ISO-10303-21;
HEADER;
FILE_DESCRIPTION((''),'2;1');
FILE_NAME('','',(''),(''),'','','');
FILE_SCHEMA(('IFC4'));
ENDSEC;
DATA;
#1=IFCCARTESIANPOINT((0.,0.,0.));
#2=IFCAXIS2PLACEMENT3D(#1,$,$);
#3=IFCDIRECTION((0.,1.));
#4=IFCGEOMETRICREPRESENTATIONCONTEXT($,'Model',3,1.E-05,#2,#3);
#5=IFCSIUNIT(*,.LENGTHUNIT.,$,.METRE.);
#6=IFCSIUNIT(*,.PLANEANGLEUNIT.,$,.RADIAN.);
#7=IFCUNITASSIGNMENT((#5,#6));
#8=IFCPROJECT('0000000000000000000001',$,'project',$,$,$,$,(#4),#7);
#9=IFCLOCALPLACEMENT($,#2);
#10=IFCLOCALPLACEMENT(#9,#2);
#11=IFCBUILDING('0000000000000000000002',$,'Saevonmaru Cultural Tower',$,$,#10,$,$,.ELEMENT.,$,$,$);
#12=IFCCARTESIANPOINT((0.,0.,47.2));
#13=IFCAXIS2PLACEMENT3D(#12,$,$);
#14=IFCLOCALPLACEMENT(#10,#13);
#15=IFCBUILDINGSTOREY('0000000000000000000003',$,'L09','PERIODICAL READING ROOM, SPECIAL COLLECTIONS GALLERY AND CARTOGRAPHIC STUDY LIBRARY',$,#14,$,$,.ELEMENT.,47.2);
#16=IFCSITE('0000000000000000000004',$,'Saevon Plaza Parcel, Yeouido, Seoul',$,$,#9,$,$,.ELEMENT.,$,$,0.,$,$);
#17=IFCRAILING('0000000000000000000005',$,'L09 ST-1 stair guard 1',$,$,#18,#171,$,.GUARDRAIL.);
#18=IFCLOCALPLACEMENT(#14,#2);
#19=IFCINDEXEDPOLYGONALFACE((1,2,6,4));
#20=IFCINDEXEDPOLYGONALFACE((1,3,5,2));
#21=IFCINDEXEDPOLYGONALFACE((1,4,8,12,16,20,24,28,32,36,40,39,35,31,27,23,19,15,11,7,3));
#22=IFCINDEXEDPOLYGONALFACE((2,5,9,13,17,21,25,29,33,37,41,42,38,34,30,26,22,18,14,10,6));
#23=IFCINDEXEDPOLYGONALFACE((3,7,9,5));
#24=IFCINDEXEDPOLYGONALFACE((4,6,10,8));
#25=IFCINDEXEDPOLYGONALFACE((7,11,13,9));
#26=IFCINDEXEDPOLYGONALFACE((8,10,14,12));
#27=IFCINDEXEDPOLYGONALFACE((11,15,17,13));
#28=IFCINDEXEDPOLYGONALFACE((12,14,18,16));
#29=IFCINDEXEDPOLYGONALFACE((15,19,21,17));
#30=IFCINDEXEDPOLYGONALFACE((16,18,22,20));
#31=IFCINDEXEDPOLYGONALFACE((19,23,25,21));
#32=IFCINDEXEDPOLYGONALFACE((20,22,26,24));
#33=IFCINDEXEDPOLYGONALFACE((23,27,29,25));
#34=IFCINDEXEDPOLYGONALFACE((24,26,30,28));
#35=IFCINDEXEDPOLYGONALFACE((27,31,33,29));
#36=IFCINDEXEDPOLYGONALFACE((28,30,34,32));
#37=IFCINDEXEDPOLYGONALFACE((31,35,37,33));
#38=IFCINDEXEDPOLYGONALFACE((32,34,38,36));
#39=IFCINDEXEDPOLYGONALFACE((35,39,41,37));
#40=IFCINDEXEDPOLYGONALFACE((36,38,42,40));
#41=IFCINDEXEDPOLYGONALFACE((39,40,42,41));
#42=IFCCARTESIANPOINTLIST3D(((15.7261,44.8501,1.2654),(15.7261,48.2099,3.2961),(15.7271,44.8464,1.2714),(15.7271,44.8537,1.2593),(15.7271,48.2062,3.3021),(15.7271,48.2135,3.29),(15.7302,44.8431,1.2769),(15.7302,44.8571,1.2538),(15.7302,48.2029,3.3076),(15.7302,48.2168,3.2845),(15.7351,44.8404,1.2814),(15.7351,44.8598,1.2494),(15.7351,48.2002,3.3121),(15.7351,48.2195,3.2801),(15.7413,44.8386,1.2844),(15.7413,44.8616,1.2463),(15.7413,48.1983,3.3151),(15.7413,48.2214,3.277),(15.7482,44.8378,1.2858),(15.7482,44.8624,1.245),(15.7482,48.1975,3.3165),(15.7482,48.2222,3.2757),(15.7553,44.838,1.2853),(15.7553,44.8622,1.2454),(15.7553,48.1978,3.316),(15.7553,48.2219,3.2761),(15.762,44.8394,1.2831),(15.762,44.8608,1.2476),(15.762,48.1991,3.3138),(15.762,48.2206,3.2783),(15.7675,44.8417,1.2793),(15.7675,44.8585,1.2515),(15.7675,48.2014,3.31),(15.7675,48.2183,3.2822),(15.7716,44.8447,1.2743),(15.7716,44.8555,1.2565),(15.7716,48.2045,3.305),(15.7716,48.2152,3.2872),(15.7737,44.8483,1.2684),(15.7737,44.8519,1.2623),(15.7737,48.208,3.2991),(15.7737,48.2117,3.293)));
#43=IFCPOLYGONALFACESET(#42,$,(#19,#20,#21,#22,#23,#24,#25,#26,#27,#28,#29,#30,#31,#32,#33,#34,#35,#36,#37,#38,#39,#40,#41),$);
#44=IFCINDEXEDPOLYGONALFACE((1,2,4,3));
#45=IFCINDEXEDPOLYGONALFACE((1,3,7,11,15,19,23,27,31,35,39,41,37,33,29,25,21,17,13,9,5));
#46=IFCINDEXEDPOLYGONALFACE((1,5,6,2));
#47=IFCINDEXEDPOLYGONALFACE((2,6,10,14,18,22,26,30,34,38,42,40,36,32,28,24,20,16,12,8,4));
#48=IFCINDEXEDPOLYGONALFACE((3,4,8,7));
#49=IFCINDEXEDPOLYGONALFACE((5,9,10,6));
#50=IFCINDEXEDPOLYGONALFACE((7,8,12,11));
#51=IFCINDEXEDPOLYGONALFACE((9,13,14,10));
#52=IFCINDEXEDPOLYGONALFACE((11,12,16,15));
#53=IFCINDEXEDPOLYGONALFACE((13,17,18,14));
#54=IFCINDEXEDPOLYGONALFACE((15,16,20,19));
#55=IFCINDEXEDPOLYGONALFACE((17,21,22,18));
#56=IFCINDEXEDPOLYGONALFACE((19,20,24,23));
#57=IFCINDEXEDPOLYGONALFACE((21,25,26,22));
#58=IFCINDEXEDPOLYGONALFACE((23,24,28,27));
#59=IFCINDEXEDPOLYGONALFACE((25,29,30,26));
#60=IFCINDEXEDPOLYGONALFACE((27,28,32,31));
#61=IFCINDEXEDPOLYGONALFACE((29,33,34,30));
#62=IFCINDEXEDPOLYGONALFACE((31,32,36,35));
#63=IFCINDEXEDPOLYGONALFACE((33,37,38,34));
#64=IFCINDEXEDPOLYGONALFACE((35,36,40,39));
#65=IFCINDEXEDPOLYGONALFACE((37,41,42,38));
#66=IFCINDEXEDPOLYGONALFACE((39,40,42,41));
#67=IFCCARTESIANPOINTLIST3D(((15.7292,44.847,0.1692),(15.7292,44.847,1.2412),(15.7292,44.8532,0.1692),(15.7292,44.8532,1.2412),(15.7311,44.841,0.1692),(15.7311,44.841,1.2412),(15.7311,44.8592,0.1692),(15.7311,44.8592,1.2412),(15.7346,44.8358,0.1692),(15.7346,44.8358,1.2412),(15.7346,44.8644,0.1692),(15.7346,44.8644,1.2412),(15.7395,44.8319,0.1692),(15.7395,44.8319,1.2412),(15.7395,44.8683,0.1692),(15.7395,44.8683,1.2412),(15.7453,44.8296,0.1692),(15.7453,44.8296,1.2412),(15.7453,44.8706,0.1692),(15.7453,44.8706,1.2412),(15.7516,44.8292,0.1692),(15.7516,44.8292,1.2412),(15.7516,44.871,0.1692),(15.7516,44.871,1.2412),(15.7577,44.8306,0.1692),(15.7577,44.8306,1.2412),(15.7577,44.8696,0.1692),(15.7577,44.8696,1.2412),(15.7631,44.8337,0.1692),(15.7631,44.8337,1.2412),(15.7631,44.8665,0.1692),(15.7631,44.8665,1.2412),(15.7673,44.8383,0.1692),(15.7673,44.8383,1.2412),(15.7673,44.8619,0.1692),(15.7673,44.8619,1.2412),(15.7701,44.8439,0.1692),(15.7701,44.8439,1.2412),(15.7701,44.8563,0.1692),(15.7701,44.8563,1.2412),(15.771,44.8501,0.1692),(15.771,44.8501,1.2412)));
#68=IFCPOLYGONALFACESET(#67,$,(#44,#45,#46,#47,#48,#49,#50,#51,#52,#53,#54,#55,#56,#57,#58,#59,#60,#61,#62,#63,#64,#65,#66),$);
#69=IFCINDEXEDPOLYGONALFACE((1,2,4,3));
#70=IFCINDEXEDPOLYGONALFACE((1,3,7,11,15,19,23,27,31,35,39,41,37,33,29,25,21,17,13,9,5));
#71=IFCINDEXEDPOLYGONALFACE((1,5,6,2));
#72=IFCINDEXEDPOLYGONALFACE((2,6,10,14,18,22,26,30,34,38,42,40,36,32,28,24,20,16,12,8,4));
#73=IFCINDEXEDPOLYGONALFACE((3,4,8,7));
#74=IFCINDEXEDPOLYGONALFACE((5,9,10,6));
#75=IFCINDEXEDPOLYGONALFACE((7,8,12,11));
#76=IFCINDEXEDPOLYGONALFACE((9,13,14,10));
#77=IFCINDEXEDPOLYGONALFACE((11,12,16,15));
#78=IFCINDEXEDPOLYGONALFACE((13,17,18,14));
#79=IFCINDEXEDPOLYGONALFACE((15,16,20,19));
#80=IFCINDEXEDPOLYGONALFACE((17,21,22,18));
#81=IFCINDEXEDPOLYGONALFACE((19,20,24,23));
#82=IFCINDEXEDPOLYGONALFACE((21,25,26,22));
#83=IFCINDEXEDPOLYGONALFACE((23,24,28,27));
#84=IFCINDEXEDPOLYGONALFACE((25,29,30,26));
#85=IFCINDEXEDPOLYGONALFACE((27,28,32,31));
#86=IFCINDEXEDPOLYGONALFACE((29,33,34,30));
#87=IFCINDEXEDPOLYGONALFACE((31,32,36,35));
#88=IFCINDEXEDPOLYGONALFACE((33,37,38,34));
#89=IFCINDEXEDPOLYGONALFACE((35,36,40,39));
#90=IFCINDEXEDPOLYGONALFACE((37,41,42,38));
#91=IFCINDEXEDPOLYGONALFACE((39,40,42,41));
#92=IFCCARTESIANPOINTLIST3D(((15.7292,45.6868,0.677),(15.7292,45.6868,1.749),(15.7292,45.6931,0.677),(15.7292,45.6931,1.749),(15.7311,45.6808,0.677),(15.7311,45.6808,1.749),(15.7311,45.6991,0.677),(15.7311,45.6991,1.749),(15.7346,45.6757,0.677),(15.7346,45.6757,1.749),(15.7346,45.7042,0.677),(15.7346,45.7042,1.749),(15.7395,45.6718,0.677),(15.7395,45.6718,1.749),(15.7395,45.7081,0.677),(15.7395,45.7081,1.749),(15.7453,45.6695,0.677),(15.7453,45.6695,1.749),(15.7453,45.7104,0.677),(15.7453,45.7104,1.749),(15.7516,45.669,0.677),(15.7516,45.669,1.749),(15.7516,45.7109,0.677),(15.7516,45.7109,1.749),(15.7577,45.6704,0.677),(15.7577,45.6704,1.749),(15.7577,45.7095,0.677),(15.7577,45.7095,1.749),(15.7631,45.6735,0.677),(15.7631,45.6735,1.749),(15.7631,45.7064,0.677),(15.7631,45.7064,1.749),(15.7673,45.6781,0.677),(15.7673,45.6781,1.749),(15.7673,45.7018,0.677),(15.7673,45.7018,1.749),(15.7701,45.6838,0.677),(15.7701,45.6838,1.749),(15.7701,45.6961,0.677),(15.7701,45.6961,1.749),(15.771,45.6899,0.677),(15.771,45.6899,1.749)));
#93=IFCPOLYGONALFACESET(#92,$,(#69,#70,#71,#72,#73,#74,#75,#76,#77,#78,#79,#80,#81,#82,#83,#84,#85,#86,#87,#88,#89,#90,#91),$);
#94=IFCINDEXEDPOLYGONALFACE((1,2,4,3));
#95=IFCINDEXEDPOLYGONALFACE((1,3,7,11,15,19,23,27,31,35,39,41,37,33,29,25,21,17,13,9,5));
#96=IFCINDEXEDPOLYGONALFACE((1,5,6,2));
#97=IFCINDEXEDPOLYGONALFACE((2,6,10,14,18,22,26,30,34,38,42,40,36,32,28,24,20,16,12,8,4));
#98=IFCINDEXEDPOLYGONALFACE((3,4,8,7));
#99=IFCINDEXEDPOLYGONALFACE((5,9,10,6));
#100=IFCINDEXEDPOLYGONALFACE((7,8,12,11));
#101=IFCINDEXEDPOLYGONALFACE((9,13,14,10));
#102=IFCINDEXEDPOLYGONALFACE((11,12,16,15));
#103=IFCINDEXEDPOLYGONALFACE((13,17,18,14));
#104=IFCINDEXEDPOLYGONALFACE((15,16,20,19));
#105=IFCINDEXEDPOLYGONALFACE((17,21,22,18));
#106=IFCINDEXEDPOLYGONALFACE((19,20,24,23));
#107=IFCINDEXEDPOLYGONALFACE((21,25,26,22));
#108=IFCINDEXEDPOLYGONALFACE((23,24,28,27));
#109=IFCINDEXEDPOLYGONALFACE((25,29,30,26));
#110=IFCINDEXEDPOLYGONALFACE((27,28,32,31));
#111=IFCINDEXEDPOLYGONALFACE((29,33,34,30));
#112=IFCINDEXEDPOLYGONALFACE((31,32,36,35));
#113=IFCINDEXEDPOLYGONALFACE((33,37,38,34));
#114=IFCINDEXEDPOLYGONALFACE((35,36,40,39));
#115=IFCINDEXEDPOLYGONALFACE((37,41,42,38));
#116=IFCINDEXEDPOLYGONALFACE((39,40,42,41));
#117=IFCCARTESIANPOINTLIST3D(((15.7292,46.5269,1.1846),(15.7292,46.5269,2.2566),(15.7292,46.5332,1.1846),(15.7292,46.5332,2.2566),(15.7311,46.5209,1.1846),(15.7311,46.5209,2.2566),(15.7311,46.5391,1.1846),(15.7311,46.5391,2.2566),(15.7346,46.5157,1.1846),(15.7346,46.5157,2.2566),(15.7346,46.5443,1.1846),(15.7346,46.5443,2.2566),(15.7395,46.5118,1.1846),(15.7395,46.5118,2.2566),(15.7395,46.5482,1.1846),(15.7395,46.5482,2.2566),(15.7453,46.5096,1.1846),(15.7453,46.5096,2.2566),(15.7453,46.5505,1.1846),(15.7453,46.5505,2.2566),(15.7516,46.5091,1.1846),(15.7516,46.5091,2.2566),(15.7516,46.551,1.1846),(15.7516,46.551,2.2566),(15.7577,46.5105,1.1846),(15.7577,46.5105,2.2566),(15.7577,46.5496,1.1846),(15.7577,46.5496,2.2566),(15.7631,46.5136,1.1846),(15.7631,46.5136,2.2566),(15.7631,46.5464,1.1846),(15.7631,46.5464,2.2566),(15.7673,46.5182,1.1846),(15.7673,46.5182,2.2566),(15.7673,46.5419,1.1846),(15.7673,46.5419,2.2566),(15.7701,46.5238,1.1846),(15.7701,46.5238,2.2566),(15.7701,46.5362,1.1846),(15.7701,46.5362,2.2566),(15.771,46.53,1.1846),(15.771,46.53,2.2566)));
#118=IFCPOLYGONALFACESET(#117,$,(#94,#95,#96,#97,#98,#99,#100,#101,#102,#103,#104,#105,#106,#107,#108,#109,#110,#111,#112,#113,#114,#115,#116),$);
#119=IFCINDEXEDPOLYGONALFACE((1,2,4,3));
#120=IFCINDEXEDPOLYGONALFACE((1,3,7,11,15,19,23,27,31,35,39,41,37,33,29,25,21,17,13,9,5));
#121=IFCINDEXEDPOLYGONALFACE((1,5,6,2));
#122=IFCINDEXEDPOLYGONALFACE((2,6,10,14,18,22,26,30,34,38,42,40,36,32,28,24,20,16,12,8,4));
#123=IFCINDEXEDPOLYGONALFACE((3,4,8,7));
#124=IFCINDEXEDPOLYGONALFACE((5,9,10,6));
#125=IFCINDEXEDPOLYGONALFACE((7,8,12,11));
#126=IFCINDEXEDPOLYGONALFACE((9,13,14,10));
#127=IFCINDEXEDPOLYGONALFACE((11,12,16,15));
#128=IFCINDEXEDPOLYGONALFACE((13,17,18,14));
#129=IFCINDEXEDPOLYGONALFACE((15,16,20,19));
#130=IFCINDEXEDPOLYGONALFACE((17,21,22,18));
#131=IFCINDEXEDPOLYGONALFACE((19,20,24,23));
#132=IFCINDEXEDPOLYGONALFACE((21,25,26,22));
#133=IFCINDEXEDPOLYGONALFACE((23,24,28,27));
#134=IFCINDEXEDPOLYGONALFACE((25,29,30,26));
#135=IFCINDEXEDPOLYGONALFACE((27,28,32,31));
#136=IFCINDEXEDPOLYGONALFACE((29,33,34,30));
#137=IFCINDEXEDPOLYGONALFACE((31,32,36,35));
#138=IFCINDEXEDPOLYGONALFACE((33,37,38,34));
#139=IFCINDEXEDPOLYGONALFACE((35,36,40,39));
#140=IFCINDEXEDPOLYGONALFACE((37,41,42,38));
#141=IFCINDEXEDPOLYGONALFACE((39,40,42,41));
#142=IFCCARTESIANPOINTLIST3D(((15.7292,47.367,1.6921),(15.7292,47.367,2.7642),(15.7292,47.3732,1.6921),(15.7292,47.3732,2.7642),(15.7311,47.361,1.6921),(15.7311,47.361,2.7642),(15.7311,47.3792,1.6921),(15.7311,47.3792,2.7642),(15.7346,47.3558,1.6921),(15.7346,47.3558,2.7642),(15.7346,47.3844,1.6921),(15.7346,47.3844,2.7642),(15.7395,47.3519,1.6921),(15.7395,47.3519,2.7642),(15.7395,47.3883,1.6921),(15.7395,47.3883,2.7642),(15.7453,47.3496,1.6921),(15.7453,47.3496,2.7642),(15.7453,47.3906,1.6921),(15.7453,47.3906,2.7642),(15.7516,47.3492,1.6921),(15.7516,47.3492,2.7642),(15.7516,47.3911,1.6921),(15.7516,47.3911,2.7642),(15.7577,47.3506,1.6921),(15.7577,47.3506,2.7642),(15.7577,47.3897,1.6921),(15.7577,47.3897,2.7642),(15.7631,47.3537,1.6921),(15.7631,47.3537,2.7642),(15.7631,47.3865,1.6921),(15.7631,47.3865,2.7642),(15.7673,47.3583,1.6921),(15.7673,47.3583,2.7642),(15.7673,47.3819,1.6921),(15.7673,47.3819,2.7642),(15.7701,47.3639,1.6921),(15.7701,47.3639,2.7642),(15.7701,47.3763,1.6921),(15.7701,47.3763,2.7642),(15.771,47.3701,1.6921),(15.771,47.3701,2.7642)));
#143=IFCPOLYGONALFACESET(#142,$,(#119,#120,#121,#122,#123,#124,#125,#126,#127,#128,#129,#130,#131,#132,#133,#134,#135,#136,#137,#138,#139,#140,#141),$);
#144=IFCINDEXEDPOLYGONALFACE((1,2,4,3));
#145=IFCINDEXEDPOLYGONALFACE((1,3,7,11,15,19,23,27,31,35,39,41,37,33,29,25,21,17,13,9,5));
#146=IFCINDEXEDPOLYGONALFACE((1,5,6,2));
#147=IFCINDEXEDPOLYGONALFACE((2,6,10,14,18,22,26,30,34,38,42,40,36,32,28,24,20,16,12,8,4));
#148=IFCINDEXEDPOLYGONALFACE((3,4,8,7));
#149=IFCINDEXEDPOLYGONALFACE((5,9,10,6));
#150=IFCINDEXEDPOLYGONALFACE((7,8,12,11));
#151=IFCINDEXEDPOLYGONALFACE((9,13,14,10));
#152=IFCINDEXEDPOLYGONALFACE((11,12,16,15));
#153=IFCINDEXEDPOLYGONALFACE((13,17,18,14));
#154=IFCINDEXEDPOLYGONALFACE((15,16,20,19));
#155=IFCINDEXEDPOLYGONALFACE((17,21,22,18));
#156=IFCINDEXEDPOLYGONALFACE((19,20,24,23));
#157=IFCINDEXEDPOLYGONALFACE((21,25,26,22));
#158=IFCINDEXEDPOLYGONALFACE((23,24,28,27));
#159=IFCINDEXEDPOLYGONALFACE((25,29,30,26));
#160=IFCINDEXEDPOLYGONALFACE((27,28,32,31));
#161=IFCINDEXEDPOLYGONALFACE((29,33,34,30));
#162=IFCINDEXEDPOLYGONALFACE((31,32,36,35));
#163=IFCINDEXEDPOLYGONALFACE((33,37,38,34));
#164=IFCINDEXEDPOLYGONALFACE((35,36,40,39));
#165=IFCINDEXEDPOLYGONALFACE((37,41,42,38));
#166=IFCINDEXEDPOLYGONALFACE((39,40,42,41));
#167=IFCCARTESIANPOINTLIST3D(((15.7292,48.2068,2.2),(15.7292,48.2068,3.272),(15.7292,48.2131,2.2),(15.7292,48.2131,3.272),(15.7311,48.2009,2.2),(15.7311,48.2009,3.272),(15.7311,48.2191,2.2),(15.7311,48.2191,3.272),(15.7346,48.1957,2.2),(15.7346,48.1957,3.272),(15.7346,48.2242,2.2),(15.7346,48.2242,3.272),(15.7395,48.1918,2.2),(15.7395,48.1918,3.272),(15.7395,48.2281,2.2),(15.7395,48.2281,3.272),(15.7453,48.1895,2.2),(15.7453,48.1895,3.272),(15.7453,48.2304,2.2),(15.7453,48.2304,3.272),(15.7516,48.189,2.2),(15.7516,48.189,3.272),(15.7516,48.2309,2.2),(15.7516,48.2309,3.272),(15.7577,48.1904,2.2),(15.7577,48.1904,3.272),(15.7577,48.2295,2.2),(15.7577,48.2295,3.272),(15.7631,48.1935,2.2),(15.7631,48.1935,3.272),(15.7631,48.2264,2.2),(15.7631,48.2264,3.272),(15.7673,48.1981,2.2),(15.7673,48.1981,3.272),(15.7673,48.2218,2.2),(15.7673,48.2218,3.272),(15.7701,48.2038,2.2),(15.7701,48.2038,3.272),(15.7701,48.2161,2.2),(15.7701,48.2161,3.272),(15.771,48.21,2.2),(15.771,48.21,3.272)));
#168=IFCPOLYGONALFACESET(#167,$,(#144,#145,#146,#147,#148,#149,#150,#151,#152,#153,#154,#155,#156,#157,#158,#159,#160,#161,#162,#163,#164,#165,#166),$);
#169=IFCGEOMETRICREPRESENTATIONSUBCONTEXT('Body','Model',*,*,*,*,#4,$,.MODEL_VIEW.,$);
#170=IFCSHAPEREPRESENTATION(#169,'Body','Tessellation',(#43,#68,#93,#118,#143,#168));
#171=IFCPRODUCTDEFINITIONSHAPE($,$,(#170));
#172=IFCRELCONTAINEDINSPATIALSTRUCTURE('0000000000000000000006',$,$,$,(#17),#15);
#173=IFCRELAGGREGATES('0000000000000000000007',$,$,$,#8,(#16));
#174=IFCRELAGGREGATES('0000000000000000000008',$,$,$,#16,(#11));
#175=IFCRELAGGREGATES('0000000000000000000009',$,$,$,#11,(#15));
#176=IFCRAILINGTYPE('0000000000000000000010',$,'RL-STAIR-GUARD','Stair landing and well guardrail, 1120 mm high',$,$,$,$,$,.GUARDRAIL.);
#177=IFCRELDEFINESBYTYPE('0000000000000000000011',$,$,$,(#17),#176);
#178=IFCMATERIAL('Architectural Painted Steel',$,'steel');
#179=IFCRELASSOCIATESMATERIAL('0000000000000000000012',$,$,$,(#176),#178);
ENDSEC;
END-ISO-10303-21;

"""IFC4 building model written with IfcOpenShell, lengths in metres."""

from ifc_helpers import new_model, si_unit, direction, frame, origin, origin_2d, place, context, subcontext, project, spatial, circle, extrude, material, type_object, element, save


model = new_model("IFC4")

# Units and contexts
model_context = context("Model", 3, precision=1e-05, world=origin(), true_north=direction((0.0, 1.0)))
body_context = subcontext(model_context, "Body", "Model", "MODEL_VIEW")
ifc_project = project(units=[si_unit("LENGTHUNIT", "METRE"), si_unit("PLANEANGLEUNIT", "RADIAN")], contexts=[model_context])

# Site, building, storey
site_placement = place(None, origin())
site = spatial("IfcSite", under=ifc_project, at=site_placement, Name="Saevon Plaza Parcel, Yeouido, Seoul", CompositionType="ELEMENT", RefElevation=0.0)
building_placement = place(site_placement, origin())
building = spatial("IfcBuilding", under=site, at=building_placement, Name="Saevonmaru Cultural Tower", CompositionType="ELEMENT")
storey_placement = place(building_placement, frame((0.0, 0.0, 47.2)))
storey = spatial("IfcBuildingStorey", under=building, at=storey_placement, Name="L09", Description="PERIODICAL READING ROOM, SPECIAL COLLECTIONS GALLERY AND CARTOGRAPHIC STUDY LIBRARY", CompositionType="ELEMENT", Elevation=47.2)

# Railing
ifc_material_1 = material(Name="Architectural Painted Steel", Category="steel")
railing_type_1 = type_object("IfcRailingType", Name="RL-STAIR-GUARD", Description="Stair landing and well guardrail, 1120 mm high", PredefinedType="GUARDRAIL", material=ifc_material_1)
railing_1_placement = place(storey_placement, frame((15.75, 44.8501, 0.1692)))
element("IfcRailing", 1, at=railing_1_placement, inside=storey, type_object=railing_type_1, Name="L09 ST-1 stair guard 1", PredefinedType="GUARDRAIL", context=body_context, shape_type="SweptSolid", body=[
    extrude(circle(Radius=0.0239, at=origin_2d()), frame((0.0, 0.0, 1.0962), z_axis=(0.0, 0.85582, 0.517273), x_axis=(-1.0, 0.0, 0.0)), (0.0, 0.0, 1.0), 3.9258),
    extrude(circle(Radius=0.021, at=origin_2d()), origin(), (0.0, 0.0, 1.0), 1.072),
    extrude(circle(Radius=0.021, at=origin_2d()), frame((0.0, 0.8398, 0.5078)), (0.0, 0.0, 1.0), 1.072),
    extrude(circle(Radius=0.021, at=origin_2d()), frame((0.0, 1.6799, 1.0154)), (0.0, 0.0, 1.0), 1.072),
    extrude(circle(Radius=0.021, at=origin_2d()), frame((0.0, 2.52, 1.5229)), (0.0, 0.0, 1.0), 1.072),
    extrude(circle(Radius=0.021, at=origin_2d()), frame((0.0, 3.3599, 2.0308)), (0.0, 0.0, 1.0), 1.072),
])

save(model, "model.ifc")
